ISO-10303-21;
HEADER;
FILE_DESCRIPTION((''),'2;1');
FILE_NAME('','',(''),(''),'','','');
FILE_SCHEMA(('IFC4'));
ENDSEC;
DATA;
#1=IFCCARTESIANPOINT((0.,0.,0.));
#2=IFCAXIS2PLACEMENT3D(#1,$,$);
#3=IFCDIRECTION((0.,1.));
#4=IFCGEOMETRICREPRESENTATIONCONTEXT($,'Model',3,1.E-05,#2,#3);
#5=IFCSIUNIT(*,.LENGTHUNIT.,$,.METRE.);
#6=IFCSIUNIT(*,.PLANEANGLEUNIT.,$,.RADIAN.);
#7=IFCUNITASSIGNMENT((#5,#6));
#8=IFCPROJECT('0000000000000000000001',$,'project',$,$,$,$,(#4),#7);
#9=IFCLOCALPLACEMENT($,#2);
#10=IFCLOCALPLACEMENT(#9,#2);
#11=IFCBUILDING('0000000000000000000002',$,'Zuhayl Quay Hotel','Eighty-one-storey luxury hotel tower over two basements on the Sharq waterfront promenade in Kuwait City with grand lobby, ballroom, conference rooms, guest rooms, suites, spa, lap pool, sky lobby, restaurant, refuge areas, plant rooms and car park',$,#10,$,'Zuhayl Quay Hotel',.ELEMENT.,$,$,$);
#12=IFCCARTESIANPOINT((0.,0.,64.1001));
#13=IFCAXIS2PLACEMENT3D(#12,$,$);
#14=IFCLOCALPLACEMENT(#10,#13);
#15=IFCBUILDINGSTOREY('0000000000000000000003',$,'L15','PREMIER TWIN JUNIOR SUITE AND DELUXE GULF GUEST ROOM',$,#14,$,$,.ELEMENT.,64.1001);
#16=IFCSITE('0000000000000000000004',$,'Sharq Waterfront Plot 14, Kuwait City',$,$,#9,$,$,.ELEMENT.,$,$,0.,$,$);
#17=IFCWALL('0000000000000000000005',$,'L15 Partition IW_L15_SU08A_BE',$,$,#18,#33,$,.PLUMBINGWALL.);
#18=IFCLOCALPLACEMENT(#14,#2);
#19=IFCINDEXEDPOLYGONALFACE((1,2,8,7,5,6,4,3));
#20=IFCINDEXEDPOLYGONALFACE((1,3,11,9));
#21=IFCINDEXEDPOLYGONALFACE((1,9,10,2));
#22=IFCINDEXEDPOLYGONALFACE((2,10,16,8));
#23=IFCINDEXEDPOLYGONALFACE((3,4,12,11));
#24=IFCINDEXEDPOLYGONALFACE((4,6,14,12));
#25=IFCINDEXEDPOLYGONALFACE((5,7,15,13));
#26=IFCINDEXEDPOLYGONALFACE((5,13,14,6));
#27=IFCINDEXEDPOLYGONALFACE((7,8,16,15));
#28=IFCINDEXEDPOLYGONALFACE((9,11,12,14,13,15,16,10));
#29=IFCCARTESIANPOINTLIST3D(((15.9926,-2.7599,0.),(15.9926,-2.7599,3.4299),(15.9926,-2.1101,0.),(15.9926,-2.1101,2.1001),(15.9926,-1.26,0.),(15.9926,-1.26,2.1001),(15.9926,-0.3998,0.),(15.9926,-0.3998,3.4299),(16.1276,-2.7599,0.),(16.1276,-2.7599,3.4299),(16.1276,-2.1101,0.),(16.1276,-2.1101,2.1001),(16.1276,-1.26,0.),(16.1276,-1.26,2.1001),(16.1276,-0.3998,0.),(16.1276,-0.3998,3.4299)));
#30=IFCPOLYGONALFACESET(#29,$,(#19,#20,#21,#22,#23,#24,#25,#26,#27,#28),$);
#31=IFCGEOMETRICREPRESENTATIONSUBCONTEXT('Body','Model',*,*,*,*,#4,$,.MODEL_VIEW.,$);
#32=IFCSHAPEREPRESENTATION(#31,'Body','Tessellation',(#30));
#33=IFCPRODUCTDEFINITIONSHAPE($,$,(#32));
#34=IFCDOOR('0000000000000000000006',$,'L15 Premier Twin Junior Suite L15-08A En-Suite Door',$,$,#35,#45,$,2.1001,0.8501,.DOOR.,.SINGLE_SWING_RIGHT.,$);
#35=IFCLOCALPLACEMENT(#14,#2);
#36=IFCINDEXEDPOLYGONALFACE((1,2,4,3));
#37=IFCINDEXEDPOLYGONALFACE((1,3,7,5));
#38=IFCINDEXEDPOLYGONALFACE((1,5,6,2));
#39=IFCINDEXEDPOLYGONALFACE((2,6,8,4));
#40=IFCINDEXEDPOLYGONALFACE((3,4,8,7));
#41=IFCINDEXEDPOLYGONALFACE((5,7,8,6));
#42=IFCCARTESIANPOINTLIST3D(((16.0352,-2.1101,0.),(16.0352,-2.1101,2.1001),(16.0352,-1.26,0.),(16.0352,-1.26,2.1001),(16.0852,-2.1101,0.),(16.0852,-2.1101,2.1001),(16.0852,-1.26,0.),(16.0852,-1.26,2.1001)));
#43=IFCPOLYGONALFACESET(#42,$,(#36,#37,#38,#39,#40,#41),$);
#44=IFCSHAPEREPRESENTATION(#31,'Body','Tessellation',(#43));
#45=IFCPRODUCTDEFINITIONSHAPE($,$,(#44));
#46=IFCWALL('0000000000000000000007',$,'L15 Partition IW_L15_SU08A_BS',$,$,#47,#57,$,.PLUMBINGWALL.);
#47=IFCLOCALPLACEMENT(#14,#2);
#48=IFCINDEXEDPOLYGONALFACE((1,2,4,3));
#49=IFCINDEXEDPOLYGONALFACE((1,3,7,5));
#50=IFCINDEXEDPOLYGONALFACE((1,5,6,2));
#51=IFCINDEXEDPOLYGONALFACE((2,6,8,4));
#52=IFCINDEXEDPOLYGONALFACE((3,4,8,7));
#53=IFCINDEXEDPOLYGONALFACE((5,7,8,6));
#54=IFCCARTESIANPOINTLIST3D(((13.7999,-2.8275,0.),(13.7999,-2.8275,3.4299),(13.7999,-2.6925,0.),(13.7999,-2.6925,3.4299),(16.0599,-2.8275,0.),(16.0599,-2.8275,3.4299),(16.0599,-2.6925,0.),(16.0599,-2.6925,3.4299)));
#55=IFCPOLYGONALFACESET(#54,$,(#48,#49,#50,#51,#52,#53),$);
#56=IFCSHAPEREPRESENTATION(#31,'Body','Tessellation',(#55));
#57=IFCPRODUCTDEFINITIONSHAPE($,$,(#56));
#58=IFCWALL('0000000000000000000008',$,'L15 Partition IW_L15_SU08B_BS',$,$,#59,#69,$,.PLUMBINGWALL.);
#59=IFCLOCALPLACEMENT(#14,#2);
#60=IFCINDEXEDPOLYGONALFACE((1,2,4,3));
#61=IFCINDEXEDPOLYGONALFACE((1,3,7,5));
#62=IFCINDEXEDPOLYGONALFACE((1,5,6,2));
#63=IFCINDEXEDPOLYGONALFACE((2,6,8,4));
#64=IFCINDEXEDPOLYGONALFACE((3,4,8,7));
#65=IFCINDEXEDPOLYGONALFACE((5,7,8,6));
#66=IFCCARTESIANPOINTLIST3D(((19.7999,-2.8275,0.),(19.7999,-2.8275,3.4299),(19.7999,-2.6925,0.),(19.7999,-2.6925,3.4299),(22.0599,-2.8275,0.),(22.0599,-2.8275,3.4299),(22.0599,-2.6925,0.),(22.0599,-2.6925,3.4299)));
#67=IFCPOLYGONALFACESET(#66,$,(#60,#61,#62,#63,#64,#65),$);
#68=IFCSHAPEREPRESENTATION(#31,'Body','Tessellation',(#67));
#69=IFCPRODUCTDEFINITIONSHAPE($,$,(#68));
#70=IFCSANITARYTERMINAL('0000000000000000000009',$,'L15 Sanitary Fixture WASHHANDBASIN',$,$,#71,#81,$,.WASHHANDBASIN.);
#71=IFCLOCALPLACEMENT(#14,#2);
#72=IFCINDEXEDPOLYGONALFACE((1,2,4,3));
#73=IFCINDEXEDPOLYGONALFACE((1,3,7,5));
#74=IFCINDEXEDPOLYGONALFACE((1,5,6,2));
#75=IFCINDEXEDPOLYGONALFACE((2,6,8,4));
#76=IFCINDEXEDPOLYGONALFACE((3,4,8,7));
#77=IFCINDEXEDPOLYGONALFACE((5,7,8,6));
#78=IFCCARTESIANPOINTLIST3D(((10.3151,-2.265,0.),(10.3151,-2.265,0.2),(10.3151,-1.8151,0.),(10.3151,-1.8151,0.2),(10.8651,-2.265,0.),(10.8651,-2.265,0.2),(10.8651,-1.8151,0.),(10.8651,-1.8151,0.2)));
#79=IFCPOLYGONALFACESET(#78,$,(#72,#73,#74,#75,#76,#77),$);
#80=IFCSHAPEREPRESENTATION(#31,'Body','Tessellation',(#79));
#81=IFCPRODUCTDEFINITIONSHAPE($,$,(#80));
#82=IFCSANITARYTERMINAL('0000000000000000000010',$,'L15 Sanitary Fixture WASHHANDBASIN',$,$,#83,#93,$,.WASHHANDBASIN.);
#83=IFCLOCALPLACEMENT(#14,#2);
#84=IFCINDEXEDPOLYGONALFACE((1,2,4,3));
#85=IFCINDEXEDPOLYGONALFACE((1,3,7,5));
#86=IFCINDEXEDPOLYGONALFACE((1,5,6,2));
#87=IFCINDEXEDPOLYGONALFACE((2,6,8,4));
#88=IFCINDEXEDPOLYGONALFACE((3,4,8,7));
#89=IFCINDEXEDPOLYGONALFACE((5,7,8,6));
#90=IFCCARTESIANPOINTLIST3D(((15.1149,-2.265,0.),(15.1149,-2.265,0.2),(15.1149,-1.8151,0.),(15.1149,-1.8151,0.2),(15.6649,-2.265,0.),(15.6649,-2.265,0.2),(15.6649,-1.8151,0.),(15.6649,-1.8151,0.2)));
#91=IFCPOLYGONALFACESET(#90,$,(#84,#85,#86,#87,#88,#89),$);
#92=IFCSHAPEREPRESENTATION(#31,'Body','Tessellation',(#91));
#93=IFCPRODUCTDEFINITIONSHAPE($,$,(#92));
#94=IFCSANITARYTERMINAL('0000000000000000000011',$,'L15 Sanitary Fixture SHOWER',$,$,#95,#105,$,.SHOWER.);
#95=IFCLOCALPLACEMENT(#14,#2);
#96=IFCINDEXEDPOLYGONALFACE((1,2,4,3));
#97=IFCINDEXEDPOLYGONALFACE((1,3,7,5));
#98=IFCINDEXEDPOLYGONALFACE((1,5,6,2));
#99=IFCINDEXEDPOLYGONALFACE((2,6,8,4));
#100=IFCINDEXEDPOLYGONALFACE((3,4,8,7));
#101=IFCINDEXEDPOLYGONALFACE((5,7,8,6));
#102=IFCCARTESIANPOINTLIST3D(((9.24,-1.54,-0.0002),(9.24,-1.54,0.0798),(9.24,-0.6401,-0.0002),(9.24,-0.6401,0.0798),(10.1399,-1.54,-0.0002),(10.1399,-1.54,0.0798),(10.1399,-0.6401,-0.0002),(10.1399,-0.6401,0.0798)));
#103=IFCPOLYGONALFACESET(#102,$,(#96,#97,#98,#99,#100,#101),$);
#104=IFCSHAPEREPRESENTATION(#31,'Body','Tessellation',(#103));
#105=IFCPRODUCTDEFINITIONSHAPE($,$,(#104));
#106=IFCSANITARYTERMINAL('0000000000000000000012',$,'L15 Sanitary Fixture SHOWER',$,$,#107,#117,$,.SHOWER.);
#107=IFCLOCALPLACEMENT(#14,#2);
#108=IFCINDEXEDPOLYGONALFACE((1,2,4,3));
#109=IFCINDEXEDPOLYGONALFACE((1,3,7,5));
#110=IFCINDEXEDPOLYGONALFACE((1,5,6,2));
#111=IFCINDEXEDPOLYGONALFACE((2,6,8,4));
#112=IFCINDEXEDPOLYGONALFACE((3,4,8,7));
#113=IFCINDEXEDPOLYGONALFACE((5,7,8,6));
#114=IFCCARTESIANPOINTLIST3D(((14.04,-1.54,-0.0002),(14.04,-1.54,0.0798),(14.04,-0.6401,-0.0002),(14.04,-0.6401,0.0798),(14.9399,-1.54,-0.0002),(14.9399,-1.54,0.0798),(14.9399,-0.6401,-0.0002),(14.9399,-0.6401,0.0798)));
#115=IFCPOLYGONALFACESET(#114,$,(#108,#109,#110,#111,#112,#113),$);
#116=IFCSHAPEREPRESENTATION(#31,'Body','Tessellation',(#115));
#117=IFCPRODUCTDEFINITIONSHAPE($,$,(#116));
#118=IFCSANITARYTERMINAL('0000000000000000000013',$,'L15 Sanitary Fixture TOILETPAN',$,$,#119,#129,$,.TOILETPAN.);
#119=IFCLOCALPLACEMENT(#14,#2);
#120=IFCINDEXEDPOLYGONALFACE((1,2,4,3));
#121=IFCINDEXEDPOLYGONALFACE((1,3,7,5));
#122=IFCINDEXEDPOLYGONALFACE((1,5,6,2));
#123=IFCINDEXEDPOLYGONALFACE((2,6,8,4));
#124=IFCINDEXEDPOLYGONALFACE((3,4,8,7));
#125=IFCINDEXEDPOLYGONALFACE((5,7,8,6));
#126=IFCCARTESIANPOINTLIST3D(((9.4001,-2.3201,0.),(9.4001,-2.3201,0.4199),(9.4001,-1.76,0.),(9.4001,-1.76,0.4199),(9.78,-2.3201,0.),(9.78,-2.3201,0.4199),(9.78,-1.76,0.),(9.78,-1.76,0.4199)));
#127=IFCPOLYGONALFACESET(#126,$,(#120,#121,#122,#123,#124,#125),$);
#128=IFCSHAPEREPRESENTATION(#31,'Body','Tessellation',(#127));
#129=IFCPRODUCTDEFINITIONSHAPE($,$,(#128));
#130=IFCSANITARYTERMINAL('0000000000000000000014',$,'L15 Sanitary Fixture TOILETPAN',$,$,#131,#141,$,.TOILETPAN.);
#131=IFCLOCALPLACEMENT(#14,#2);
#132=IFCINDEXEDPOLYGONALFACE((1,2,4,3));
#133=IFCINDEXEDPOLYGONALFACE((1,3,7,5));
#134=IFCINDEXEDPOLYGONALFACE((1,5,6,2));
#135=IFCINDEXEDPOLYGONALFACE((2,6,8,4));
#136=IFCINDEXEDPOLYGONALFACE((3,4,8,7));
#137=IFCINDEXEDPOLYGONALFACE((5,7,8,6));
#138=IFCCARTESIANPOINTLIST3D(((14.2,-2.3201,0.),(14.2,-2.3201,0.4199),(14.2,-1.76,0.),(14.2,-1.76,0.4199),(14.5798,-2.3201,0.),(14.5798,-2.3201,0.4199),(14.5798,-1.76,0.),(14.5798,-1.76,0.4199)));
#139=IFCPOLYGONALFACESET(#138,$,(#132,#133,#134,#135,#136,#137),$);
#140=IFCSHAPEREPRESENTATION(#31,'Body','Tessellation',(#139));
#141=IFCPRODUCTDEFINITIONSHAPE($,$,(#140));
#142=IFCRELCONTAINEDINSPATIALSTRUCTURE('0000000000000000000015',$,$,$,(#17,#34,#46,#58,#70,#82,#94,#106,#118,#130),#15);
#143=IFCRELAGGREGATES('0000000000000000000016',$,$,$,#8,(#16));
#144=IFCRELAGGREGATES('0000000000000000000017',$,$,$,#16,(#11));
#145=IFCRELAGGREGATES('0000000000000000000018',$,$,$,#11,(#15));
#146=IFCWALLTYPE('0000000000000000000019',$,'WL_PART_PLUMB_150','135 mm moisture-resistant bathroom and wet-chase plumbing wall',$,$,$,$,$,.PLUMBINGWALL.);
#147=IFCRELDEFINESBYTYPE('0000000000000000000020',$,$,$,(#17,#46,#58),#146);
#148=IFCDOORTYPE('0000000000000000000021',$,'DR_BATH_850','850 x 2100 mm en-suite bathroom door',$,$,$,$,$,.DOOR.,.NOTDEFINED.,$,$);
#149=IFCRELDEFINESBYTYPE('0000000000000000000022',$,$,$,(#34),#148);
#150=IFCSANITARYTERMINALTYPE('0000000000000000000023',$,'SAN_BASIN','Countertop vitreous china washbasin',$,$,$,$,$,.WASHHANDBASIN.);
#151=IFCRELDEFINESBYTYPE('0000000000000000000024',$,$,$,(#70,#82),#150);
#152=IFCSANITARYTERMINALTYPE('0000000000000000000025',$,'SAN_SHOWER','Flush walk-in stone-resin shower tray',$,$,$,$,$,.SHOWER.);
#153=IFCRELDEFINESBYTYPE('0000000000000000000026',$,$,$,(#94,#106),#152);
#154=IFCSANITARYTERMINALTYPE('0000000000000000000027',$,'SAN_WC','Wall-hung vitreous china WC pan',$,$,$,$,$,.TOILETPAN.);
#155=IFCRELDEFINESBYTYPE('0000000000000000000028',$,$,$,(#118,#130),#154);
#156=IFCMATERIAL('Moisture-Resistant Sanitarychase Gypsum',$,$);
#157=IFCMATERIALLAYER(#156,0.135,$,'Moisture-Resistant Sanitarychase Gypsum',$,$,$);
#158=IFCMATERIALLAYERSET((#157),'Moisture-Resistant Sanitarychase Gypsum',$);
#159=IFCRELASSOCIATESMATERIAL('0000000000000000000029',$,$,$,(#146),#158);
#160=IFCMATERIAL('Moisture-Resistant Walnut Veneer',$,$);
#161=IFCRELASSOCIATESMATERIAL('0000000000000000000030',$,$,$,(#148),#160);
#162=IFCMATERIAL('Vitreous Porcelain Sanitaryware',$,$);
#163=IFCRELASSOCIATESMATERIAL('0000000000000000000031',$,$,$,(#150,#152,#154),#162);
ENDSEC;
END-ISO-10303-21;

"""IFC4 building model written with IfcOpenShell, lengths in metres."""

from ifc_helpers import new_model, si_unit, direction, frame, frame_2d, origin, origin_2d, place, context, subcontext, project, spatial, rectangle, extrude, material, layer, layer_set, type_object, element, fill, save


model = new_model("IFC4")

# Units and contexts
model_context = context("Model", 3, precision=1e-05, world=origin(), true_north=direction((0.0, 1.0)))
body_context = subcontext(model_context, "Body", "Model", "MODEL_VIEW")
ifc_project = project(units=[si_unit("LENGTHUNIT", "METRE"), si_unit("PLANEANGLEUNIT", "RADIAN")], contexts=[model_context])

# Site, building, storey
site_placement = place(None, origin())
site = spatial("IfcSite", under=ifc_project, at=site_placement, Name="Sharq Waterfront Plot 14, Kuwait City", CompositionType="ELEMENT", RefElevation=0.0)
building_placement = place(site_placement, origin())
building = spatial("IfcBuilding", under=site, at=building_placement, Name="Zuhayl Quay Hotel", Description="Eighty-one-storey luxury hotel tower over two basements on the Sharq waterfront promenade in Kuwait City with grand lobby, ballroom, conference rooms, guest rooms, suites, spa, lap pool, sky lobby, restaurant, refuge areas, plant rooms and car park", LongName="Zuhayl Quay Hotel", CompositionType="ELEMENT")
storey_placement = place(building_placement, frame((0.0, 0.0, 64.1001)))
storey = spatial("IfcBuildingStorey", under=building, at=storey_placement, Name="L15", Description="PREMIER TWIN JUNIOR SUITE AND DELUXE GULF GUEST ROOM", CompositionType="ELEMENT", Elevation=64.1001)

# Wall, opening, door
ifc_material_1 = material(Name="Moisture-Resistant Sanitarychase Gypsum")
ifc_layer_1 = layer(ifc_material_1, 0.135, Name="Moisture-Resistant Sanitarychase Gypsum")
ifc_layer_set_1 = layer_set([ifc_layer_1], Name="Moisture-Resistant Sanitarychase Gypsum")
wall_type_1 = type_object("IfcWallType", Name="WL_PART_PLUMB_150", Description="135 mm moisture-resistant bathroom and wet-chase plumbing wall", PredefinedType="PLUMBINGWALL", material=ifc_layer_set_1)
ifc_material_2 = material(Name="Moisture-Resistant Walnut Veneer")
door_type_1 = type_object("IfcDoorType", Name="DR_BATH_850", Description="850 x 2100 mm en-suite bathroom door", OperationType="NOTDEFINED", PredefinedType="DOOR", material=ifc_material_2)
wall_1_placement = place(storey_placement, frame((16.0601, -2.76, 0.0), z_axis=(0.0, 0.0, 1.0), x_axis=(0.0, 1.0, 0.0)))
wall_1 = element("IfcWall", 1, at=wall_1_placement, inside=storey, type_object=wall_type_1, Name="L15 Partition IW_L15_SU08A_BE", PredefinedType="PLUMBINGWALL", context=body_context, shape_type="SweptSolid", body=[
    extrude(rectangle(XDim=2.3601, YDim=0.135, at=frame_2d((1.1802, 0.0))), origin(), (0.0, 0.0, 1.0), 3.4299),
])
opening_1_placement = place(wall_1_placement, frame((0.6499, 0.0, 0.0)))
opening_1 = element("IfcOpeningElement", 2, at=opening_1_placement, cuts=wall_1, PredefinedType="OPENING", context=body_context, shape_type="SweptSolid", body=[
    extrude(rectangle(XDim=0.8501, YDim=2.1001, at=frame_2d((0.425, 1.05))), frame((0.0, 0.0774, 0.0), z_axis=(0.0, -1.0, 0.0), x_axis=(1.0, 0.0, 0.0)), (0.0, 0.0, 1.0), 0.155),
])
door_1_placement = place(opening_1_placement, origin())
door_1 = element("IfcDoor", 3, at=door_1_placement, inside=storey, type_object=door_type_1, Name="L15 Premier Twin Junior Suite L15-08A En-Suite Door", OperationType="SINGLE_SWING_RIGHT", OverallHeight=2.1001, OverallWidth=0.8501, PredefinedType="DOOR", context=body_context, shape_type="SweptSolid", body=[
    extrude(rectangle(XDim=0.8501, YDim=2.1001, at=frame_2d((0.425, 1.05))), frame((0.0, 0.0249, 0.0), z_axis=(0.0, -1.0, 0.0), x_axis=(1.0, 0.0, 0.0)), (0.0, 0.0, 1.0), 0.05),
])
fill(opening_1, door_1)

# Walls
for number, where, z_axis, x_axis, name in (
    (4, (13.8, -2.76, 0.0), (0.0, 0.0, 1.0), (1.0, 0.0, 0.0), "L15 Partition IW_L15_SU08A_BS"),
    (5, (19.8, -2.76, 0.0), (0.0, 0.0, 1.0), (1.0, 0.0, 0.0), "L15 Partition IW_L15_SU08B_BS"),
):
    element("IfcWall", number, at=place(storey_placement, frame(where, z_axis=z_axis, x_axis=x_axis)), inside=storey, type_object=wall_type_1, Name=name, PredefinedType="PLUMBINGWALL", context=body_context, shape_type="SweptSolid", body=[
        extrude(rectangle(XDim=2.26, YDim=0.135, at=frame_2d((1.1299, 0.0))), origin(), (0.0, 0.0, 1.0), 3.4299),
    ])

# Sanitary terminals
ifc_material_3 = material(Name="Vitreous Porcelain Sanitaryware")
sanitary_terminal_type_1 = type_object("IfcSanitaryTerminalType", Name="SAN_BASIN", Description="Countertop vitreous china washbasin", PredefinedType="WASHHANDBASIN", material=ifc_material_3)
for number, where, z_axis, x_axis, name in (
    (6, (10.5901, -2.04, 0.0), (0.0, 0.0, 1.0), (1.0, 0.0, 0.0), "L15 Sanitary Fixture WASHHANDBASIN"),
    (7, (15.3899, -2.04, 0.0), (0.0, 0.0, 1.0), (1.0, 0.0, 0.0), "L15 Sanitary Fixture WASHHANDBASIN"),
):
    element("IfcSanitaryTerminal", number, at=place(storey_placement, frame(where, z_axis=z_axis, x_axis=x_axis)), inside=storey, type_object=sanitary_terminal_type_1, Name=name, PredefinedType="WASHHANDBASIN", context=body_context, shape_type="SweptSolid", body=[
        extrude(rectangle(XDim=0.55, YDim=0.45, at=origin_2d()), origin(), (0.0, 0.0, 1.0), 0.2),
    ])
sanitary_terminal_type_2 = type_object("IfcSanitaryTerminalType", Name="SAN_SHOWER", Description="Flush walk-in stone-resin shower tray", PredefinedType="SHOWER", material=ifc_material_3)
for number, where, z_axis, x_axis, name in (
    (8, (9.6899, -1.0901, -0.0002), (0.0, 0.0, 1.0), (1.0, 0.0, 0.0), "L15 Sanitary Fixture SHOWER"),
    (9, (14.49, -1.0901, -0.0002), (0.0, 0.0, 1.0), (1.0, 0.0, 0.0), "L15 Sanitary Fixture SHOWER"),
):
    element("IfcSanitaryTerminal", number, at=place(storey_placement, frame(where, z_axis=z_axis, x_axis=x_axis)), inside=storey, type_object=sanitary_terminal_type_2, Name=name, PredefinedType="SHOWER", context=body_context, shape_type="SweptSolid", body=[
        extrude(rectangle(XDim=0.8999, YDim=0.8999, at=origin_2d()), origin(), (0.0, 0.0, 1.0), 0.0801),
    ])
sanitary_terminal_type_3 = type_object("IfcSanitaryTerminalType", Name="SAN_WC", Description="Wall-hung vitreous china WC pan", PredefinedType="TOILETPAN", material=ifc_material_3)
for number, where, z_axis, x_axis, name in (
    (10, (9.5901, -2.04, 0.0), (0.0, 0.0, 1.0), (1.0, 0.0, 0.0), "L15 Sanitary Fixture TOILETPAN"),
    (11, (14.3899, -2.04, 0.0), (0.0, 0.0, 1.0), (1.0, 0.0, 0.0), "L15 Sanitary Fixture TOILETPAN"),
):
    element("IfcSanitaryTerminal", number, at=place(storey_placement, frame(where, z_axis=z_axis, x_axis=x_axis)), inside=storey, type_object=sanitary_terminal_type_3, Name=name, PredefinedType="TOILETPAN", context=body_context, shape_type="SweptSolid", body=[
        extrude(rectangle(XDim=0.3799, YDim=0.5601, at=origin_2d()), origin(), (0.0, 0.0, 1.0), 0.4199),
    ])

save(model, "model.ifc")
